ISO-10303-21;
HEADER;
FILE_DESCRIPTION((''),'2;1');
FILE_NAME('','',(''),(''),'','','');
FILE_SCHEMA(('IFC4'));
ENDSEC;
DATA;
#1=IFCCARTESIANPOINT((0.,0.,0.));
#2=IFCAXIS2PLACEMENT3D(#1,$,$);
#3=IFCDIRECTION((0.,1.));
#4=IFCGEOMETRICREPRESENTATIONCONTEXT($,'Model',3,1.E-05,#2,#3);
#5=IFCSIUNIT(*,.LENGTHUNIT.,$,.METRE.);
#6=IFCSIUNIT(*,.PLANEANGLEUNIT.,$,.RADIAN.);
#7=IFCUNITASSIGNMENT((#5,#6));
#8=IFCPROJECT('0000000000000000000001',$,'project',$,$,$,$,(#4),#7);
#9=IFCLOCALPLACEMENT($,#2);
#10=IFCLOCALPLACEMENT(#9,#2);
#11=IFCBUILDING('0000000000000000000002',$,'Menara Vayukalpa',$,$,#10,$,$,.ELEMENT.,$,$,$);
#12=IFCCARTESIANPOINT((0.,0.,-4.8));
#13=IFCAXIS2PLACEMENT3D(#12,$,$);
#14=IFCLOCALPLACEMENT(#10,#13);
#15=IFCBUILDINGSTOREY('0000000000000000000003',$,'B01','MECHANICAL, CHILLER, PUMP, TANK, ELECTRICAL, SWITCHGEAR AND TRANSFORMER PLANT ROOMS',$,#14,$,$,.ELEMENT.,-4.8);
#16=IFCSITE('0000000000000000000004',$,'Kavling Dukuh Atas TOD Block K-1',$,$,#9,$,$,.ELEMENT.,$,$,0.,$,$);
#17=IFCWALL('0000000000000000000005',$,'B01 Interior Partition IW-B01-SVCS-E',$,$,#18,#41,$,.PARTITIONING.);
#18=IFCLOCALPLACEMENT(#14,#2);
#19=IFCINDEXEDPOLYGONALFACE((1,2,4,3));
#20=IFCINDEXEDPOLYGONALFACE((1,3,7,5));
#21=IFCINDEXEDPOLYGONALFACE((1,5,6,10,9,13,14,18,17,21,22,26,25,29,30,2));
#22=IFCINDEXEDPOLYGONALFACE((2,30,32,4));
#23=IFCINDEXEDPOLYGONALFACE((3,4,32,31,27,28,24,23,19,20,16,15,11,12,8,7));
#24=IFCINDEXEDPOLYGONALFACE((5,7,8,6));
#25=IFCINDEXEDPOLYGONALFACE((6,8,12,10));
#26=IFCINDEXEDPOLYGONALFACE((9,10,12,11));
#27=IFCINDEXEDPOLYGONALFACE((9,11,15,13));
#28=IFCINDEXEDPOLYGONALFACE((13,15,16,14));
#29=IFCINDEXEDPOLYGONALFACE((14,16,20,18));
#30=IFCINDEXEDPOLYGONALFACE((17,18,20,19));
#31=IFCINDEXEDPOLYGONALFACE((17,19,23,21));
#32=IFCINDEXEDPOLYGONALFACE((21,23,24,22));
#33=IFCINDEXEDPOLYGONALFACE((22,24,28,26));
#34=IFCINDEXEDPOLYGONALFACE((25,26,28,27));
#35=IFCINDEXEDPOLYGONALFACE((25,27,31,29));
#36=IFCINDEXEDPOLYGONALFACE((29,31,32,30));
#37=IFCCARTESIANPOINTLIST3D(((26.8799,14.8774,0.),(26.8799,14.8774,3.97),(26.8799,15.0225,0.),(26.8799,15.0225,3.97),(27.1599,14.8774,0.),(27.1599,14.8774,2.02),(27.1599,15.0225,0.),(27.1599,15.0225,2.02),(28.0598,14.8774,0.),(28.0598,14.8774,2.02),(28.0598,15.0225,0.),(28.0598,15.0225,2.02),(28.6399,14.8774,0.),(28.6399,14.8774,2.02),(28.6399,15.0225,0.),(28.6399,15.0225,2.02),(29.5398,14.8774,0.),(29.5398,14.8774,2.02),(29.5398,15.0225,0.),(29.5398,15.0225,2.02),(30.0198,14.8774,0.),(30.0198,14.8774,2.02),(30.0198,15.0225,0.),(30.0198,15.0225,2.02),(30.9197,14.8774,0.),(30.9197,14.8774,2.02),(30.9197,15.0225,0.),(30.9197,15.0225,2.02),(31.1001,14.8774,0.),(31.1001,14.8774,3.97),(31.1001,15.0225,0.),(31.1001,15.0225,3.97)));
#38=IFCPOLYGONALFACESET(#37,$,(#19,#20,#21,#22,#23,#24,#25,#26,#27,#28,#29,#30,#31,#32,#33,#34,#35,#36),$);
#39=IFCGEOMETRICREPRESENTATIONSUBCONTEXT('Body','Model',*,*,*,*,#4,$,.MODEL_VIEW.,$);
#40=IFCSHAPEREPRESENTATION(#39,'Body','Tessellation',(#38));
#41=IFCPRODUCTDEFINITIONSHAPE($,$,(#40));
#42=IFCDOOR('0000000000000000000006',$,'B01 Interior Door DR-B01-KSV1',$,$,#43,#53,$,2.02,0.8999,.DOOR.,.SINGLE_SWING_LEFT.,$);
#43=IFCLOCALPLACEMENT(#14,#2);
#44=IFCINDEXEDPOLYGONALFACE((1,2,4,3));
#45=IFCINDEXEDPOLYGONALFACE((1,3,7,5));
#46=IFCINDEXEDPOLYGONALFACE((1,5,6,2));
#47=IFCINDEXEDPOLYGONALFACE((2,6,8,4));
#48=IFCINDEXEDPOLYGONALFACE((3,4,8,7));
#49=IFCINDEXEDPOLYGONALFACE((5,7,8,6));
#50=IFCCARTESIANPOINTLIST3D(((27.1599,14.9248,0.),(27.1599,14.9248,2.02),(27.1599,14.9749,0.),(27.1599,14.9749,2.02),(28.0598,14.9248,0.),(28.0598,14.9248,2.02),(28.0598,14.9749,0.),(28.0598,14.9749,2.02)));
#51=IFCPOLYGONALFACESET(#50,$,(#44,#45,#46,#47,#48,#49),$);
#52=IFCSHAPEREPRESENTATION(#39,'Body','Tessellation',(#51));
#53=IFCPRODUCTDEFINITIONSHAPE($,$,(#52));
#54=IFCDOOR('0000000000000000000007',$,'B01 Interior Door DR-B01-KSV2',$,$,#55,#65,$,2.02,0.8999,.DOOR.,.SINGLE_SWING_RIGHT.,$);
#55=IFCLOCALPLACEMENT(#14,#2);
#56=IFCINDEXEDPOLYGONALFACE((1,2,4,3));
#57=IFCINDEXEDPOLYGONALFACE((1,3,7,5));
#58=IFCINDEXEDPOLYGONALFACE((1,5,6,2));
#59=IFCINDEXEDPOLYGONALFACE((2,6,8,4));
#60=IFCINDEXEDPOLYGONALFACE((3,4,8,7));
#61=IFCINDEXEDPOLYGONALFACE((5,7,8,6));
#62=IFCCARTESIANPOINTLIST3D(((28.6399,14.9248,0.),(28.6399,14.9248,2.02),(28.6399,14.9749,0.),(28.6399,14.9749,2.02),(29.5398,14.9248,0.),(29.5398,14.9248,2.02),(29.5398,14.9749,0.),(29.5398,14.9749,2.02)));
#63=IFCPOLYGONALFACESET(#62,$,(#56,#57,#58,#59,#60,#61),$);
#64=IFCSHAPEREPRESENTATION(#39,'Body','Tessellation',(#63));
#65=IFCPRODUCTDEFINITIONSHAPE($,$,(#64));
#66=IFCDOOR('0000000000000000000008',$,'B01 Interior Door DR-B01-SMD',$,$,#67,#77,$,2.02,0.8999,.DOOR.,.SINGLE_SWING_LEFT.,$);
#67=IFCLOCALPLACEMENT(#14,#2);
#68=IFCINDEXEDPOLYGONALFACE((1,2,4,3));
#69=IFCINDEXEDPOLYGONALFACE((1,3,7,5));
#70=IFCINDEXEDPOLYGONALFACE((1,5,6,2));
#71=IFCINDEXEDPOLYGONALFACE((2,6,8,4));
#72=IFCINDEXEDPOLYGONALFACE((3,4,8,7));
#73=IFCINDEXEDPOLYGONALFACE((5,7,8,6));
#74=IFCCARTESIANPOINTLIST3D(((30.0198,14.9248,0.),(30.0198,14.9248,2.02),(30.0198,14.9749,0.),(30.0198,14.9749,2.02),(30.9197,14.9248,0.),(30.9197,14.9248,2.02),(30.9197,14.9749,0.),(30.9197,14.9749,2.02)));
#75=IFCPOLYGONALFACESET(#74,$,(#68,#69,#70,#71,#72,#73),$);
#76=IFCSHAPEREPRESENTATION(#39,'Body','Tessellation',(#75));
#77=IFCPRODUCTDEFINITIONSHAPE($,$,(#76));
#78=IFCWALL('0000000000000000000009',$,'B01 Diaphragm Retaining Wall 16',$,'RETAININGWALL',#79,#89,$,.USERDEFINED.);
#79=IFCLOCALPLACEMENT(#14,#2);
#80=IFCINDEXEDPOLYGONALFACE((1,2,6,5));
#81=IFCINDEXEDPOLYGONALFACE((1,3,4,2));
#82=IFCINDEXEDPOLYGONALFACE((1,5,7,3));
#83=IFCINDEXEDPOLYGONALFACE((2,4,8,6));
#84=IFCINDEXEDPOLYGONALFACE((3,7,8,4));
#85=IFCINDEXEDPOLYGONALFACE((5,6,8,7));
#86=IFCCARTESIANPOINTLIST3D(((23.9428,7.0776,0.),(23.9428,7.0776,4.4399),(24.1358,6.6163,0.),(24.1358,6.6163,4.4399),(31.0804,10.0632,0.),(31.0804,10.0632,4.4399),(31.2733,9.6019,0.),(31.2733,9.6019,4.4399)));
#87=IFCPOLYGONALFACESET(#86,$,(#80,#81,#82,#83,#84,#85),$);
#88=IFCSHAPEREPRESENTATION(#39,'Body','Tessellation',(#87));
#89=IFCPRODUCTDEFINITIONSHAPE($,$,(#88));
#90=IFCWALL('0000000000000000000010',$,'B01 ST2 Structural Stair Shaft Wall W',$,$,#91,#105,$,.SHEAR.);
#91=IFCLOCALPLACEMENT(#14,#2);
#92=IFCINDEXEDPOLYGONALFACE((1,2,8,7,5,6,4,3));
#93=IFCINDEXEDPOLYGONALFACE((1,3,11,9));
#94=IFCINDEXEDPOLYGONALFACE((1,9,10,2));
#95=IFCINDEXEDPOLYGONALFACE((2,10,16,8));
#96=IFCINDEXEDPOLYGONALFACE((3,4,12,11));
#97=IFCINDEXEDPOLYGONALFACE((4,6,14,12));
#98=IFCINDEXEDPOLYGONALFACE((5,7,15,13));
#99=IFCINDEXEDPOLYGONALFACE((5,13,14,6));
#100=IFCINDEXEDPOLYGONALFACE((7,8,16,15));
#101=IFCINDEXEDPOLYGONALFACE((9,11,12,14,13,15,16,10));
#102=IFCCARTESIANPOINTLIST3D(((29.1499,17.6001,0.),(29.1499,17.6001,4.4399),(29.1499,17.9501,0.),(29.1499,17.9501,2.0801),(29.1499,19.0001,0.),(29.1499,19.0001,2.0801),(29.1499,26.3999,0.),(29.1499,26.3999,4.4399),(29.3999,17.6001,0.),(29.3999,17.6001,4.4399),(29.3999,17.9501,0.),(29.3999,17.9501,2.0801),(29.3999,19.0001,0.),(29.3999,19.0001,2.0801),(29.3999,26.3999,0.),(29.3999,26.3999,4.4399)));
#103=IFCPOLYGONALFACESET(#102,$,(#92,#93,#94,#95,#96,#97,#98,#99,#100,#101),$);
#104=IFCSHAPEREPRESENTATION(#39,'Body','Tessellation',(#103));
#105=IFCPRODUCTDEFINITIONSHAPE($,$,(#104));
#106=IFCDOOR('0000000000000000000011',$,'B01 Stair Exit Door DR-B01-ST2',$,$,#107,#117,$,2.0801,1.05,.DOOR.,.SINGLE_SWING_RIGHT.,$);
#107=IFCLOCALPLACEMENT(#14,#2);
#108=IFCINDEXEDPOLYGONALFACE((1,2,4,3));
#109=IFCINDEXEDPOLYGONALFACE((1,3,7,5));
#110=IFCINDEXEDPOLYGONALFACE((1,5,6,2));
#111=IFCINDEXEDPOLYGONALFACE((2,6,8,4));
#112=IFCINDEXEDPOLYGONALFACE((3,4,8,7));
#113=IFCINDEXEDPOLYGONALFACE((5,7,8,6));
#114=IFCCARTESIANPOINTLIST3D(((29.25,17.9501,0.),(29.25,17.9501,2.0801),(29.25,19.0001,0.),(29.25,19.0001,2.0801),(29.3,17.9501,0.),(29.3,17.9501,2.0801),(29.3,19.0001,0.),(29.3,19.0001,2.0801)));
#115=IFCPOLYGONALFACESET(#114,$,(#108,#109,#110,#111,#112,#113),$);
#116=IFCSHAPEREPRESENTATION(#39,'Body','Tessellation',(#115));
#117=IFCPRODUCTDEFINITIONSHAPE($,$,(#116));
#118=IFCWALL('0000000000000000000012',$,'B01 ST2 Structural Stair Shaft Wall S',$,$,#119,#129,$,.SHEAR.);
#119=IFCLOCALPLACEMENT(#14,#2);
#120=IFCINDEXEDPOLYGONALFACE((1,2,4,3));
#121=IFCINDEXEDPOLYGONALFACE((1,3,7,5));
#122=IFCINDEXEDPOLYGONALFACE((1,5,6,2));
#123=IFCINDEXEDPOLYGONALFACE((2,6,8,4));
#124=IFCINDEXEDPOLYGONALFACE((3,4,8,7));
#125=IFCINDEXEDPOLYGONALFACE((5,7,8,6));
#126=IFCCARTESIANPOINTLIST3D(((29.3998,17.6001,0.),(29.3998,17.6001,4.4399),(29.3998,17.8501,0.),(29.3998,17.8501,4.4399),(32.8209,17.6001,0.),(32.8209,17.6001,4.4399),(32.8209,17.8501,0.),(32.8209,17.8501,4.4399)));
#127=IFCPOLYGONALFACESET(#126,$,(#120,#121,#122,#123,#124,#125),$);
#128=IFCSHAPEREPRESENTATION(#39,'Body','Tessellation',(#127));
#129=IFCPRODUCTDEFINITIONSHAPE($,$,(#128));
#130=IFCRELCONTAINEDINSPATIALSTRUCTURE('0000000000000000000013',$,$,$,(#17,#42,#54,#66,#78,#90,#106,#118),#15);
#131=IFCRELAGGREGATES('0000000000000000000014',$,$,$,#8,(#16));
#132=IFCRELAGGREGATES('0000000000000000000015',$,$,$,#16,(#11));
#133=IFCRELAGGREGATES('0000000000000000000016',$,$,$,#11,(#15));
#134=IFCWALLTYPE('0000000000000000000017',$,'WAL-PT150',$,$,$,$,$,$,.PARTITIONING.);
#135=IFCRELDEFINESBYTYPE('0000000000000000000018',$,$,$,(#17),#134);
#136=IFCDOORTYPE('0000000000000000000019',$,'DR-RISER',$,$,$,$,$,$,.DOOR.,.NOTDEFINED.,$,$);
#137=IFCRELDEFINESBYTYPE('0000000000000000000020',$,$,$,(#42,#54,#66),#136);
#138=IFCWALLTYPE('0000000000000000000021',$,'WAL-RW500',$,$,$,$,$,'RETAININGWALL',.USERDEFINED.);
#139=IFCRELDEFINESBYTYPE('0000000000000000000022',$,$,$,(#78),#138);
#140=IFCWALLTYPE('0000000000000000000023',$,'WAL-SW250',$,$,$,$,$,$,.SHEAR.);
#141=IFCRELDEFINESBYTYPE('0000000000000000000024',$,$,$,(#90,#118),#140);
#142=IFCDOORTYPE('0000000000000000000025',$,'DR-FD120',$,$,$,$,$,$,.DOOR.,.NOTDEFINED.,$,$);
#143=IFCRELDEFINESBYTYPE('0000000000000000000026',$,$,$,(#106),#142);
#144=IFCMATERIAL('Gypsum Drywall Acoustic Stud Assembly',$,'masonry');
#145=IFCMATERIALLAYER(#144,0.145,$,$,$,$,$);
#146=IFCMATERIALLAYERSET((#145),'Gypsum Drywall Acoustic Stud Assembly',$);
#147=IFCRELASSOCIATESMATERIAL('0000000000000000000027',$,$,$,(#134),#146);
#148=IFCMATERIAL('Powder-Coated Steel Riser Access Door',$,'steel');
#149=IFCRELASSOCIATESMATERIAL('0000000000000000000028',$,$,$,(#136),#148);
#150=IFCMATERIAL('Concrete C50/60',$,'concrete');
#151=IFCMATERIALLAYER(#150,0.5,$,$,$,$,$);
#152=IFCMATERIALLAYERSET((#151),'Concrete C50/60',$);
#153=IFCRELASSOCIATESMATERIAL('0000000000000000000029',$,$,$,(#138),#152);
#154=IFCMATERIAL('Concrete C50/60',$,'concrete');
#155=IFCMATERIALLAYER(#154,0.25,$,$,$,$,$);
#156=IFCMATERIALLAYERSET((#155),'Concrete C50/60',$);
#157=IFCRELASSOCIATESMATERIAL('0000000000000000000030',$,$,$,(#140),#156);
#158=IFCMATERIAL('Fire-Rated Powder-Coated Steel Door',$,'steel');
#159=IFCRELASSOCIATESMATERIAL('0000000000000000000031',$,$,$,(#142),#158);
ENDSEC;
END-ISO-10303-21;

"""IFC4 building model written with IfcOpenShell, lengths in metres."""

from ifc_helpers import new_model, si_unit, direction, frame, frame_2d, origin, place, context, subcontext, project, spatial, rectangle, extrude, material, layer, layer_set, type_object, element, fill, save


model = new_model("IFC4")

# Units and contexts
model_context = context("Model", 3, precision=1e-05, world=origin(), true_north=direction((0.0, 1.0)))
body_context = subcontext(model_context, "Body", "Model", "MODEL_VIEW")
ifc_project = project(units=[si_unit("LENGTHUNIT", "METRE"), si_unit("PLANEANGLEUNIT", "RADIAN")], contexts=[model_context])

# Site, building, storey
site_placement = place(None, origin())
site = spatial("IfcSite", under=ifc_project, at=site_placement, Name="Kavling Dukuh Atas TOD Block K-1", CompositionType="ELEMENT", RefElevation=0.0)
building_placement = place(site_placement, origin())
building = spatial("IfcBuilding", under=site, at=building_placement, Name="Menara Vayukalpa", CompositionType="ELEMENT")
storey_placement = place(building_placement, frame((0.0, 0.0, -4.8)))
storey = spatial("IfcBuildingStorey", under=building, at=storey_placement, Name="B01", Description="MECHANICAL, CHILLER, PUMP, TANK, ELECTRICAL, SWITCHGEAR AND TRANSFORMER PLANT ROOMS", CompositionType="ELEMENT", Elevation=-4.8)

# Wall, openings, doors
ifc_material_1 = material(Name="Gypsum Drywall Acoustic Stud Assembly", Category="masonry")
ifc_layer_1 = layer(ifc_material_1, 0.145)
ifc_layer_set_1 = layer_set([ifc_layer_1], Name="Gypsum Drywall Acoustic Stud Assembly")
wall_type_1 = type_object("IfcWallType", Name="WAL-PT150", PredefinedType="PARTITIONING", material=ifc_layer_set_1)
wall_1_placement = place(storey_placement, frame((26.8799, 14.95, 0.0), z_axis=(0.0, 0.0, 1.0), x_axis=(1.0, 0.0, 0.0)))
wall_1 = element("IfcWall", 1, at=wall_1_placement, inside=storey, type_object=wall_type_1, Name="B01 Interior Partition IW-B01-SVCS-E", PredefinedType="PARTITIONING", context=body_context, shape_type="SweptSolid", body=[
    extrude(rectangle(XDim=4.2202, YDim=0.145, at=frame_2d((2.1101, 0.0))), origin(), (0.0, 0.0, 1.0), 3.97),
])
opening_1_placement = place(wall_1_placement, frame((0.28, 0.0, 0.0)))
opening_1 = element("IfcOpeningElement", 2, at=opening_1_placement, cuts=wall_1, PredefinedType="OPENING", context=body_context, shape_type="SweptSolid", body=[
    extrude(rectangle(XDim=0.8999, YDim=2.02, at=frame_2d((0.45, 1.01))), frame((0.0, 0.0825, 0.0), z_axis=(0.0, -1.0, 0.0), x_axis=(1.0, 0.0, 0.0)), (0.0, 0.0, 1.0), 0.165),
])
opening_2_placement = place(wall_1_placement, frame((1.76, 0.0, 0.0)))
opening_2 = element("IfcOpeningElement", 3, at=opening_2_placement, cuts=wall_1, PredefinedType="OPENING", context=body_context, shape_type="SweptSolid", body=[
    extrude(rectangle(XDim=0.8999, YDim=2.02, at=frame_2d((0.45, 1.01))), frame((0.0, 0.0825, 0.0), z_axis=(0.0, -1.0, 0.0), x_axis=(1.0, 0.0, 0.0)), (0.0, 0.0, 1.0), 0.165),
])
opening_3_placement = place(wall_1_placement, frame((3.1399, 0.0, 0.0)))
opening_3 = element("IfcOpeningElement", 4, at=opening_3_placement, cuts=wall_1, PredefinedType="OPENING", context=body_context, shape_type="SweptSolid", body=[
    extrude(rectangle(XDim=0.8999, YDim=2.02, at=frame_2d((0.45, 1.01))), frame((0.0, 0.0825, 0.0), z_axis=(0.0, -1.0, 0.0), x_axis=(1.0, 0.0, 0.0)), (0.0, 0.0, 1.0), 0.165),
])
ifc_material_2 = material(Name="Powder-Coated Steel Riser Access Door", Category="steel")
door_type_1 = type_object("IfcDoorType", Name="DR-RISER", OperationType="NOTDEFINED", PredefinedType="DOOR", material=ifc_material_2)
door_1_placement = place(opening_1_placement, origin())
door_1 = element("IfcDoor", 5, at=door_1_placement, inside=storey, type_object=door_type_1, Name="B01 Interior Door DR-B01-KSV1", OperationType="SINGLE_SWING_LEFT", OverallHeight=2.02, OverallWidth=0.8999, PredefinedType="DOOR", context=body_context, shape_type="SweptSolid", body=[
    extrude(rectangle(XDim=0.8999, YDim=2.02, at=frame_2d((0.45, 1.01))), frame((0.0, 0.0249, 0.0), z_axis=(0.0, -1.0, 0.0), x_axis=(1.0, 0.0, 0.0)), (0.0, 0.0, 1.0), 0.05),
])
fill(opening_1, door_1)
door_2_placement = place(opening_2_placement, origin())
door_2 = element("IfcDoor", 6, at=door_2_placement, inside=storey, type_object=door_type_1, Name="B01 Interior Door DR-B01-KSV2", OperationType="SINGLE_SWING_RIGHT", OverallHeight=2.02, OverallWidth=0.8999, PredefinedType="DOOR", context=body_context, shape_type="SweptSolid", body=[
    extrude(rectangle(XDim=0.8999, YDim=2.02, at=frame_2d((0.45, 1.01))), frame((0.0, 0.0249, 0.0), z_axis=(0.0, -1.0, 0.0), x_axis=(1.0, 0.0, 0.0)), (0.0, 0.0, 1.0), 0.05),
])
fill(opening_2, door_2)
door_3_placement = place(opening_3_placement, origin())
door_3 = element("IfcDoor", 7, at=door_3_placement, inside=storey, type_object=door_type_1, Name="B01 Interior Door DR-B01-SMD", OperationType="SINGLE_SWING_LEFT", OverallHeight=2.02, OverallWidth=0.8999, PredefinedType="DOOR", context=body_context, shape_type="SweptSolid", body=[
    extrude(rectangle(XDim=0.8999, YDim=2.02, at=frame_2d((0.45, 1.01))), frame((0.0, 0.0249, 0.0), z_axis=(0.0, -1.0, 0.0), x_axis=(1.0, 0.0, 0.0)), (0.0, 0.0, 1.0), 0.05),
])
fill(opening_3, door_3)

# Wall
ifc_material_3 = material(Name="Concrete C50/60", Category="concrete")
ifc_layer_2 = layer(ifc_material_3, 0.5)
ifc_layer_set_2 = layer_set([ifc_layer_2], Name="Concrete C50/60")
wall_type_2 = type_object("IfcWallType", Name="WAL-RW500", ElementType="RETAININGWALL", PredefinedType="USERDEFINED", material=ifc_layer_set_2)
wall_2_placement = place(storey_placement, frame((24.0393, 6.8469, 0.0), z_axis=(0.0, 0.0, 1.0), x_axis=(0.922541, 0.385899, 0.0)))
element("IfcWall", 8, at=wall_2_placement, inside=storey, type_object=wall_type_2, Name="B01 Diaphragm Retaining Wall 16", ObjectType="RETAININGWALL", PredefinedType="USERDEFINED", context=body_context, shape_type="SweptSolid", body=[
    extrude(rectangle(XDim=7.7368, YDim=0.5, at=frame_2d((3.8684, 0.0))), origin(), (0.0, 0.0, 1.0), 4.4399),
])

# Wall, opening, door
ifc_material_4 = material(Name="Concrete C50/60", Category="concrete")
ifc_layer_3 = layer(ifc_material_4, 0.25)
ifc_layer_set_3 = layer_set([ifc_layer_3], Name="Concrete C50/60")
wall_type_3 = type_object("IfcWallType", Name="WAL-SW250", PredefinedType="SHEAR", material=ifc_layer_set_3)
wall_3_placement = place(storey_placement, frame((29.2749, 17.6001, 0.0), z_axis=(0.0, 0.0, 1.0), x_axis=(0.0, 1.0, 0.0)))
wall_3 = element("IfcWall", 9, at=wall_3_placement, inside=storey, type_object=wall_type_3, Name="B01 ST2 Structural Stair Shaft Wall W", PredefinedType="SHEAR", context=body_context, shape_type="SweptSolid", body=[
    extrude(rectangle(XDim=8.7998, YDim=0.25, at=frame_2d((4.3999, 0.0))), origin(), (0.0, 0.0, 1.0), 4.4399),
])
opening_4_placement = place(wall_3_placement, frame((0.3501, 0.0, 0.0)))
opening_4 = element("IfcOpeningElement", 10, at=opening_4_placement, cuts=wall_3, PredefinedType="OPENING", context=body_context, shape_type="SweptSolid", body=[
    extrude(rectangle(XDim=1.05, YDim=2.0801, at=frame_2d((0.5249, 1.04))), frame((0.0, 0.135, 0.0), z_axis=(0.0, -1.0, 0.0), x_axis=(1.0, 0.0, 0.0)), (0.0, 0.0, 1.0), 0.27),
])
ifc_material_5 = material(Name="Fire-Rated Powder-Coated Steel Door", Category="steel")
door_type_2 = type_object("IfcDoorType", Name="DR-FD120", OperationType="NOTDEFINED", PredefinedType="DOOR", material=ifc_material_5)
door_4_placement = place(opening_4_placement, origin())
door_4 = element("IfcDoor", 11, at=door_4_placement, inside=storey, type_object=door_type_2, Name="B01 Stair Exit Door DR-B01-ST2", OperationType="SINGLE_SWING_RIGHT", OverallHeight=2.0801, OverallWidth=1.05, PredefinedType="DOOR", context=body_context, shape_type="SweptSolid", body=[
    extrude(rectangle(XDim=1.05, YDim=2.0801, at=frame_2d((0.5249, 1.04))), frame((0.0, 0.0249, 0.0), z_axis=(0.0, -1.0, 0.0), x_axis=(1.0, 0.0, 0.0)), (0.0, 0.0, 1.0), 0.05),
])
fill(opening_4, door_4)

# Wall
wall_4_placement = place(storey_placement, frame((29.3999, 17.7251, 0.0), z_axis=(0.0, 0.0, 1.0), x_axis=(1.0, 0.0, 0.0)))
element("IfcWall", 12, at=wall_4_placement, inside=storey, type_object=wall_type_3, Name="B01 ST2 Structural Stair Shaft Wall S", PredefinedType="SHEAR", context=body_context, shape_type="SweptSolid", body=[
    extrude(rectangle(XDim=3.4211, YDim=0.25, at=frame_2d((1.7104, 0.0))), origin(), (0.0, 0.0, 1.0), 4.4399),
])

save(model, "model.ifc")
